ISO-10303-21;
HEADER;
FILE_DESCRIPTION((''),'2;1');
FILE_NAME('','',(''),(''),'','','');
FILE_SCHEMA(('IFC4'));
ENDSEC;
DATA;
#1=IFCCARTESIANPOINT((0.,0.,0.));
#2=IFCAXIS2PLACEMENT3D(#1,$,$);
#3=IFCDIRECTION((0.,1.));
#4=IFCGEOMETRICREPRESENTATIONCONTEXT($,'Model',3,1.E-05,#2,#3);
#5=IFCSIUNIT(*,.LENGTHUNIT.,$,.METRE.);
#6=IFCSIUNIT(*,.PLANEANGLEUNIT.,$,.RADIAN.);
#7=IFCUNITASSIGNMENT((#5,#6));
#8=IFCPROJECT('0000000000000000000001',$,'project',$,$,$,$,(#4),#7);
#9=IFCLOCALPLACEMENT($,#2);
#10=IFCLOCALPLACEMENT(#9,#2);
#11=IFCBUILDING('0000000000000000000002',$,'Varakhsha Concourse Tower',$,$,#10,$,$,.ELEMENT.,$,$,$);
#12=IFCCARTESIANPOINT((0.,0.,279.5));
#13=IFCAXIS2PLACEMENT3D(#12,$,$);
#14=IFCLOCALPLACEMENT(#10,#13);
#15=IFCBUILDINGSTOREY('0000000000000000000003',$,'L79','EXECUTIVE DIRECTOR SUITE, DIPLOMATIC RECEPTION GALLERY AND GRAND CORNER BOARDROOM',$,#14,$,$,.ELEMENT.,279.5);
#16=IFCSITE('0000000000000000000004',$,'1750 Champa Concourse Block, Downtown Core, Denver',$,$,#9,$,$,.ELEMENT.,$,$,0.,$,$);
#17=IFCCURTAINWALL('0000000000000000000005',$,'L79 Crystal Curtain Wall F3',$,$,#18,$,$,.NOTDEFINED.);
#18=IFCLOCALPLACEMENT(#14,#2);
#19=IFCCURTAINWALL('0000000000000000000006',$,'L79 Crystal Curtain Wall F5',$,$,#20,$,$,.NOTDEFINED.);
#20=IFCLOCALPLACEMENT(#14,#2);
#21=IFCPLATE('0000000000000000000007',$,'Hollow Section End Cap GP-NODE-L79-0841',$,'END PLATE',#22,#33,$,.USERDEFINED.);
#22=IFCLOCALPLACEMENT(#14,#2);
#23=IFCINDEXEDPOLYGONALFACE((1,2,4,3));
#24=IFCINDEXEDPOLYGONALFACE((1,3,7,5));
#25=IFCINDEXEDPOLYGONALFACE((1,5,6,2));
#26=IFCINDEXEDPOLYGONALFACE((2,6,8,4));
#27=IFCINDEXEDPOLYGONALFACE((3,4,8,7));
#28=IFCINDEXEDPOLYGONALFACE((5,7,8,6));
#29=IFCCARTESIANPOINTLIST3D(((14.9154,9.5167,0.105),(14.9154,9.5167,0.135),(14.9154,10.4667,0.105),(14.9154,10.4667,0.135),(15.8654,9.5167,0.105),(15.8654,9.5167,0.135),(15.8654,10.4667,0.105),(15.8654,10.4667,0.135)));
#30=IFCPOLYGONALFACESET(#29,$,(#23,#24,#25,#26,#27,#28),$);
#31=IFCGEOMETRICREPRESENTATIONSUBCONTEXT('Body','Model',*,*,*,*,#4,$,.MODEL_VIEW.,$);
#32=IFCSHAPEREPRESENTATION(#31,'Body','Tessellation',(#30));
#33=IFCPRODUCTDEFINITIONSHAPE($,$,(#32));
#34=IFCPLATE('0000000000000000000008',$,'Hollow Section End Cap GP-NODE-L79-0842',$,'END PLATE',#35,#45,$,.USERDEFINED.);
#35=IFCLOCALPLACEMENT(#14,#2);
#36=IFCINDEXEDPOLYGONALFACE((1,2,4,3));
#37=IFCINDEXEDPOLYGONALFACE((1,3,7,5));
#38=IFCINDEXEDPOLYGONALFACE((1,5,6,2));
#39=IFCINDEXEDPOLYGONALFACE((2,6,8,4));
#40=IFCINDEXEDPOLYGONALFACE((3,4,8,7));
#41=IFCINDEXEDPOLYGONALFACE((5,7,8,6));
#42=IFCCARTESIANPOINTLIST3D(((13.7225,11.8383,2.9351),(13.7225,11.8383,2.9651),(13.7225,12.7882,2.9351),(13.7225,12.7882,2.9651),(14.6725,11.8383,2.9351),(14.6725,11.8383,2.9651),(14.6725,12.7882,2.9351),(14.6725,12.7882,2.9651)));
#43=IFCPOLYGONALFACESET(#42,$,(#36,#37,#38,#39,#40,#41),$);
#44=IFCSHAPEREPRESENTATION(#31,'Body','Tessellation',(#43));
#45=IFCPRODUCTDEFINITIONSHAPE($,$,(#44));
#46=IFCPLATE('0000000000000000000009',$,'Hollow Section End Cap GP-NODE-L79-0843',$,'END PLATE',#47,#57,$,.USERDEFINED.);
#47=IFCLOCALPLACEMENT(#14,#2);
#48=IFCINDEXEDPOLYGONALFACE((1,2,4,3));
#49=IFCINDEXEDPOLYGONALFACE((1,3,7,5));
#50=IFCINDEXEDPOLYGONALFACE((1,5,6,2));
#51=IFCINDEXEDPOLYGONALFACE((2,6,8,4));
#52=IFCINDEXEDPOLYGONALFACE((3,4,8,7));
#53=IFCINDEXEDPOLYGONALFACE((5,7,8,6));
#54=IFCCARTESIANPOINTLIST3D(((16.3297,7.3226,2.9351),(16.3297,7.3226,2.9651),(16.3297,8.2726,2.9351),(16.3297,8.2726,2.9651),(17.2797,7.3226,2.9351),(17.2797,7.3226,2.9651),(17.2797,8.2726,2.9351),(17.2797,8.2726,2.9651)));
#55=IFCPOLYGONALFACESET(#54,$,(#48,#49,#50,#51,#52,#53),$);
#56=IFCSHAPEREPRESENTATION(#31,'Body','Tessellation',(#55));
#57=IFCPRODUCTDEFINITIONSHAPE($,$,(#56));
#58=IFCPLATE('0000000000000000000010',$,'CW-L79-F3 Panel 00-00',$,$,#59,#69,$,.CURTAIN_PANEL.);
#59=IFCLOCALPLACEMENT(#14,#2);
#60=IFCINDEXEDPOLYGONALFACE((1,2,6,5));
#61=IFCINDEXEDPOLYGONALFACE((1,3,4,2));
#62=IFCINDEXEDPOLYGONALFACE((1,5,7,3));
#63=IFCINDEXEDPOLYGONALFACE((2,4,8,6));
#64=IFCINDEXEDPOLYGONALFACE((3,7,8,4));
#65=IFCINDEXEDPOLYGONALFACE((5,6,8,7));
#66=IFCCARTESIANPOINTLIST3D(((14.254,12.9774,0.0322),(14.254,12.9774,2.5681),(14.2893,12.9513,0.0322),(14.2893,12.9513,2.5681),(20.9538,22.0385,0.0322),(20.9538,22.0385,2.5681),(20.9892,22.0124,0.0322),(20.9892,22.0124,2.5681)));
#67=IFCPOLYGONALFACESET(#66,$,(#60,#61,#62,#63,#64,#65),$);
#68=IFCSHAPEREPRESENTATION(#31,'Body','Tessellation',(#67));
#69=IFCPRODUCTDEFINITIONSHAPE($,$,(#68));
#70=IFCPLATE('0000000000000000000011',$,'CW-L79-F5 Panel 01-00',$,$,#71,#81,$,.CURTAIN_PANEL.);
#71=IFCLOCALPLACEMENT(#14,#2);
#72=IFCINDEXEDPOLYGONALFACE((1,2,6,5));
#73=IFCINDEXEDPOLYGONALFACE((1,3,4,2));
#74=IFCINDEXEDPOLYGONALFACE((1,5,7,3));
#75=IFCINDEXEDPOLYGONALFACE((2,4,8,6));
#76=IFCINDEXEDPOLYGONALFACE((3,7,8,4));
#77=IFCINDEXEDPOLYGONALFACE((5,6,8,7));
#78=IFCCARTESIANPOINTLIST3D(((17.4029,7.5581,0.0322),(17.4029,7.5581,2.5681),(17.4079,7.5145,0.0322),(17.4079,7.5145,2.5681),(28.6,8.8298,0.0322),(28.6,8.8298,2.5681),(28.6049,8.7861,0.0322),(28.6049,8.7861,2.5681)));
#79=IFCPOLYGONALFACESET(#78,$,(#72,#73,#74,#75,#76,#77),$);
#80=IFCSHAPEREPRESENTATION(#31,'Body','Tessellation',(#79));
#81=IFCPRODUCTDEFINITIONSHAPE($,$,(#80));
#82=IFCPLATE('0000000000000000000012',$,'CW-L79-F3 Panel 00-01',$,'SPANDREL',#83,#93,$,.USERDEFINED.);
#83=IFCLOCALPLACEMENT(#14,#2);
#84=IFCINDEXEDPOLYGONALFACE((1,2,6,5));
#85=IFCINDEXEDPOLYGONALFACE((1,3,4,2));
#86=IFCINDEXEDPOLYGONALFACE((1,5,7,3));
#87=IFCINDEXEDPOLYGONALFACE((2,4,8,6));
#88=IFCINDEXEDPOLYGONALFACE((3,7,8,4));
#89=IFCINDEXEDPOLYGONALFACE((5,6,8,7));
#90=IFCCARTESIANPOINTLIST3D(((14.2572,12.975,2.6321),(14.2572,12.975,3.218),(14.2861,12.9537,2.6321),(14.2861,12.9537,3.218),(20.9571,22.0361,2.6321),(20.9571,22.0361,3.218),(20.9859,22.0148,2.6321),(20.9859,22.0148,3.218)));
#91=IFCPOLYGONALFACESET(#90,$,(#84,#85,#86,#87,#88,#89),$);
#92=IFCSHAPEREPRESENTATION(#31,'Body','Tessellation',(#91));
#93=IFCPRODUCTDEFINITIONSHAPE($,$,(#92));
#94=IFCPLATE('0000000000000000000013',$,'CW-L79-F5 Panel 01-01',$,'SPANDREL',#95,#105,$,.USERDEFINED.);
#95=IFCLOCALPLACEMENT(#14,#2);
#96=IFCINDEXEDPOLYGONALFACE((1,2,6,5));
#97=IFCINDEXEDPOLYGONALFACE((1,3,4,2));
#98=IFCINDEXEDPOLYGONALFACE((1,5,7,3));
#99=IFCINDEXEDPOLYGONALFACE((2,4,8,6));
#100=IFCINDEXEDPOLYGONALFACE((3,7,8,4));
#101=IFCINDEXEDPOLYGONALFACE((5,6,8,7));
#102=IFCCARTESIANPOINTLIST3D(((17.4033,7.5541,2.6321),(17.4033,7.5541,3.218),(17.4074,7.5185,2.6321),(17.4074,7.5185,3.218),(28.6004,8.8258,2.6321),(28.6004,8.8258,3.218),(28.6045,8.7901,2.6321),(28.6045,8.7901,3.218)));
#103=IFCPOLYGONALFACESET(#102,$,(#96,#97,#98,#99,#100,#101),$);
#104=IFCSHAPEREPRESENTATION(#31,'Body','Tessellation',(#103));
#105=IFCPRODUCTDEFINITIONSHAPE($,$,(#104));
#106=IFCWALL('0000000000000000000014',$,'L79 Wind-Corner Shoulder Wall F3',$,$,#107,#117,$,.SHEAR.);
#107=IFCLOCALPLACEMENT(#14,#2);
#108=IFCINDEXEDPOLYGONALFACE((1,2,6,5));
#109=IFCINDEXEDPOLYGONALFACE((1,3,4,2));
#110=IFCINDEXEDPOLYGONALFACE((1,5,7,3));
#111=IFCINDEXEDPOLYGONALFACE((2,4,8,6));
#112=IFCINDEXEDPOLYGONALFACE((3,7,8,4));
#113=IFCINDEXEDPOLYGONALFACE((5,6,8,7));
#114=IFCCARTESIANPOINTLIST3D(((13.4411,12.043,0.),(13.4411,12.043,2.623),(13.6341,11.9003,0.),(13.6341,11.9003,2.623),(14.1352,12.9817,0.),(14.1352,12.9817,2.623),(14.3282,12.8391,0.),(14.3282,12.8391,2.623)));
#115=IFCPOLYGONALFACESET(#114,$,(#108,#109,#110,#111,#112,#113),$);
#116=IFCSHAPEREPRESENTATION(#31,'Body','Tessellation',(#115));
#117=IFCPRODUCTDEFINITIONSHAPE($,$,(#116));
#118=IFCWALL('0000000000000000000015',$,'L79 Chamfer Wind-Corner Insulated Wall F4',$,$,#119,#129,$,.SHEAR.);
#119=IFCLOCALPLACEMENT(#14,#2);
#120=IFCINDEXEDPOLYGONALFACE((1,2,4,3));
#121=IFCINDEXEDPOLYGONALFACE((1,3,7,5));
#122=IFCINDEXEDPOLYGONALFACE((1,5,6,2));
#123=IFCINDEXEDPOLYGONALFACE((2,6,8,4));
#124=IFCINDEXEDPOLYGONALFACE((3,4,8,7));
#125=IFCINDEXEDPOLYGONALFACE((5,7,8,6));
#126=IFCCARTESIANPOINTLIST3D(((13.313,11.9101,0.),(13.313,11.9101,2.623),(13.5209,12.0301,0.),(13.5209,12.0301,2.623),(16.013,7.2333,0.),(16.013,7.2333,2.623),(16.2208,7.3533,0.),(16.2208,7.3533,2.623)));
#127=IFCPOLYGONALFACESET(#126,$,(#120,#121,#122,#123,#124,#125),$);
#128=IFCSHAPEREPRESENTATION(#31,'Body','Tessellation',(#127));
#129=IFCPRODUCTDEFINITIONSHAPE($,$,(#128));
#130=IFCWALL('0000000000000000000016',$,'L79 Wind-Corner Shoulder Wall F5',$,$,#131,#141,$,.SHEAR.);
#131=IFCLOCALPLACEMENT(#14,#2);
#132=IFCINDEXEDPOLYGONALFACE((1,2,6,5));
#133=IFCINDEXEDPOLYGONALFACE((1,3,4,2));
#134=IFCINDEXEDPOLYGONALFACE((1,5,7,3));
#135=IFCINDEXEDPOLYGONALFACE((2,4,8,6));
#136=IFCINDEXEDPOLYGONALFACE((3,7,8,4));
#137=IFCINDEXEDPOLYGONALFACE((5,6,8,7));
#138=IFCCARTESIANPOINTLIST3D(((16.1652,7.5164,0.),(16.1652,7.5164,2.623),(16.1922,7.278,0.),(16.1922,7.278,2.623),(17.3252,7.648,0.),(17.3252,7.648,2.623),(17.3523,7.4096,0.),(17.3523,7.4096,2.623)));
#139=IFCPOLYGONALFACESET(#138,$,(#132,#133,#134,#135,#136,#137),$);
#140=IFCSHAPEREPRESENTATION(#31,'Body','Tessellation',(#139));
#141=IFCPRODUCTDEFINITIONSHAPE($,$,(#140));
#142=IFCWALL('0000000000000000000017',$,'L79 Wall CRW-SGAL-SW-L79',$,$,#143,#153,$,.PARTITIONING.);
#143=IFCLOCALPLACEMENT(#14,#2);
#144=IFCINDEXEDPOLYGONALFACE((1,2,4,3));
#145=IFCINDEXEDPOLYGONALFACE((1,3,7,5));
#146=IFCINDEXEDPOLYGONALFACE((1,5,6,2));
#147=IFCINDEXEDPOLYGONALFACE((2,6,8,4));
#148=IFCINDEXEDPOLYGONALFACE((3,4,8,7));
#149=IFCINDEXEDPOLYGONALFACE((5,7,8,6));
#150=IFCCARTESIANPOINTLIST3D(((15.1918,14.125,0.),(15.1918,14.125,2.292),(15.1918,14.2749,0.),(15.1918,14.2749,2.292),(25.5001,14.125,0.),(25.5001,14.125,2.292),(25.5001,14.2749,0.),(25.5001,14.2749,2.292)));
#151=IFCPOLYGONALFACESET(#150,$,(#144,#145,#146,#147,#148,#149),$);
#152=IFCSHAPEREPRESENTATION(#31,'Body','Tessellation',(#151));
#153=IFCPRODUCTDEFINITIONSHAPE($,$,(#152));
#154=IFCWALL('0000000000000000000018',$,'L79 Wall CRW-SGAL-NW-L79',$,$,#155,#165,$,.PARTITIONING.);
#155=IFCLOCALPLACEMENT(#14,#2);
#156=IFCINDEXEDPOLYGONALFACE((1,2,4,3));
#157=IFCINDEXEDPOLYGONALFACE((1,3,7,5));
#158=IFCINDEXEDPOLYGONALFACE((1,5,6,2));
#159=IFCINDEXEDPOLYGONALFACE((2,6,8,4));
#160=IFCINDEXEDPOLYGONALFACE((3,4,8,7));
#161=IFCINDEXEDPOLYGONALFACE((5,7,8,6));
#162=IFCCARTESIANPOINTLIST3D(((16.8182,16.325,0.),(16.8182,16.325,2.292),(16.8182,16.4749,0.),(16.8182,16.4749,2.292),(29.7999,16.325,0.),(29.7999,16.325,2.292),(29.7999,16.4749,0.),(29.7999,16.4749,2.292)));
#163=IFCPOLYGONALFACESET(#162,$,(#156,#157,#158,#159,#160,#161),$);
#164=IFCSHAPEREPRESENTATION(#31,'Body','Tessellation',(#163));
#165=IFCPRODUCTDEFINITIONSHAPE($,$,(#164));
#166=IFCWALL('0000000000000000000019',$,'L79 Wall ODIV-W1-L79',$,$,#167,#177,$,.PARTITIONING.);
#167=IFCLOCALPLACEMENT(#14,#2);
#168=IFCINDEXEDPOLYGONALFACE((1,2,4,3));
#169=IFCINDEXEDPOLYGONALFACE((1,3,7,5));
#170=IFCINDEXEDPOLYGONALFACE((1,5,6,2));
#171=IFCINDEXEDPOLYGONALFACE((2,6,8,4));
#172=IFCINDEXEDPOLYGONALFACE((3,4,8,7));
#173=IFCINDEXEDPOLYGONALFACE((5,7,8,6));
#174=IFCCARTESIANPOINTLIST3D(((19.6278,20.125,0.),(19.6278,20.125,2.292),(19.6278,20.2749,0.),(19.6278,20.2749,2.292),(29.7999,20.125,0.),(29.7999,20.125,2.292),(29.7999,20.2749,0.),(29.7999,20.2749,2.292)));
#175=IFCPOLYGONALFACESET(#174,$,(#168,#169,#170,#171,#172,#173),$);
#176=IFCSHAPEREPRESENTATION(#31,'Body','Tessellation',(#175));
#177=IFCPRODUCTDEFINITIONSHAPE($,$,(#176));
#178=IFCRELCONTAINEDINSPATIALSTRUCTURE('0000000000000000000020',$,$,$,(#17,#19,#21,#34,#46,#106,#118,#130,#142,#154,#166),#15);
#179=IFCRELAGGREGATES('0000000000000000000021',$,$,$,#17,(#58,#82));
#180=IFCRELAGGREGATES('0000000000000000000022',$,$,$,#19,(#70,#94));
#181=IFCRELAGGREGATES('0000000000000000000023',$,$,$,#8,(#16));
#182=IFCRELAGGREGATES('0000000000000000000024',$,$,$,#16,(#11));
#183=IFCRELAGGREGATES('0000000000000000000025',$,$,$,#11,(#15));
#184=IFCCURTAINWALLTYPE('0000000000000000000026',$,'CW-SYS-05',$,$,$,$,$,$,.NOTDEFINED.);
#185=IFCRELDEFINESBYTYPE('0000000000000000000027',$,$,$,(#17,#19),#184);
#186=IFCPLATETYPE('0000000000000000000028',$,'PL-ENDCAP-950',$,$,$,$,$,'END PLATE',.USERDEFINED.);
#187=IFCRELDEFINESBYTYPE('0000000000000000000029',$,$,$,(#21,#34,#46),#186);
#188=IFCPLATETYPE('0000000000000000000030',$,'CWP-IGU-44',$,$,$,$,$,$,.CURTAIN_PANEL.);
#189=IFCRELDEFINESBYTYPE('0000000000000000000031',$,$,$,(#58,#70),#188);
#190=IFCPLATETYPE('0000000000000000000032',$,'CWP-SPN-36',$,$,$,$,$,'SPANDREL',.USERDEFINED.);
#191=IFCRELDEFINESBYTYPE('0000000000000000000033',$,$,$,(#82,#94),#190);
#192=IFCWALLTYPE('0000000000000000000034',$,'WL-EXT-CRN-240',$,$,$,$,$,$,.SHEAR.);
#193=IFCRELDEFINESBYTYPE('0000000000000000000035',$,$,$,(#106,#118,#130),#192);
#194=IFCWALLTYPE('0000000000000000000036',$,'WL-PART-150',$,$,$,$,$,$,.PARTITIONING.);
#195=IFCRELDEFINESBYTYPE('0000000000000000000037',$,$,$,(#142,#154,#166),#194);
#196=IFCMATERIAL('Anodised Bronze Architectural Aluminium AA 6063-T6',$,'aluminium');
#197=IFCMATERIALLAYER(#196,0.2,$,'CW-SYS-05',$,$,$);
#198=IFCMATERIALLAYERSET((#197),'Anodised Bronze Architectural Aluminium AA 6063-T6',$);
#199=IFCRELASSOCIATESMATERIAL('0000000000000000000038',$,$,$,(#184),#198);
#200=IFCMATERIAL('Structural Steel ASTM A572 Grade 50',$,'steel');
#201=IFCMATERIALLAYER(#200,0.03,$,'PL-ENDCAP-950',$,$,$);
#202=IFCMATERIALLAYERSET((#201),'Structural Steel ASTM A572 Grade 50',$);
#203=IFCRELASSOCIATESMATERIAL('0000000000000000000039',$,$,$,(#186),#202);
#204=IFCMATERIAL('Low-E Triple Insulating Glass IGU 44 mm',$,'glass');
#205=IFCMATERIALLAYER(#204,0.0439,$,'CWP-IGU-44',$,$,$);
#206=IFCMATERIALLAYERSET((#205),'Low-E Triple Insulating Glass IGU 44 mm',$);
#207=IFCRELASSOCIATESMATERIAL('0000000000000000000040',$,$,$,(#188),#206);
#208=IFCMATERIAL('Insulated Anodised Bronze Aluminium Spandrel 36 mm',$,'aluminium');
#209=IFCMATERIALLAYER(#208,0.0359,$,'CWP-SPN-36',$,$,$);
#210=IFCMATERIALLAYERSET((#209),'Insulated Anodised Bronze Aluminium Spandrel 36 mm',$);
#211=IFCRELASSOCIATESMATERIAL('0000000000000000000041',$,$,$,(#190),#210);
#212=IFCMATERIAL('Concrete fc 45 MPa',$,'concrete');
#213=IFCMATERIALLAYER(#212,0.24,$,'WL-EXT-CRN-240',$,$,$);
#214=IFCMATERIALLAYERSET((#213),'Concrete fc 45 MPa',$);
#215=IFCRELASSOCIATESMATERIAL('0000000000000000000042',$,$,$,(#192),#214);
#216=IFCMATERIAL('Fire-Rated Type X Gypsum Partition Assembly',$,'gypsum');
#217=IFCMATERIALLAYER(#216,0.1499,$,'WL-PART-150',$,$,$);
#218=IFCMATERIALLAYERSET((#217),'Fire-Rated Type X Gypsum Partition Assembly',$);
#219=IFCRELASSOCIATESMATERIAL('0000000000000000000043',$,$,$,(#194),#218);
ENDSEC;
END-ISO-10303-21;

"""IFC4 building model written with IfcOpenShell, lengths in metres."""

from ifc_helpers import new_model, si_unit, direction, frame, frame_2d, origin, origin_2d, place, context, subcontext, project, spatial, rectangle, extrude, source, transform, mapped, material, layer, layer_set, type_object, type_shapes, element, aggregate, save


model = new_model("IFC4")

# Units and contexts
model_context = context("Model", 3, precision=1e-05, world=origin(), true_north=direction((0.0, 1.0)))
body_context = subcontext(model_context, "Body", "Model", "MODEL_VIEW")
ifc_project = project(units=[si_unit("LENGTHUNIT", "METRE"), si_unit("PLANEANGLEUNIT", "RADIAN")], contexts=[model_context])

# Site, building, storey
site_placement = place(None, origin())
site = spatial("IfcSite", under=ifc_project, at=site_placement, Name="1750 Champa Concourse Block, Downtown Core, Denver", CompositionType="ELEMENT", RefElevation=0.0)
building_placement = place(site_placement, origin())
building = spatial("IfcBuilding", under=site, at=building_placement, Name="Varakhsha Concourse Tower", CompositionType="ELEMENT")
storey_placement = place(building_placement, frame((0.0, 0.0, 279.5)))
storey = spatial("IfcBuildingStorey", under=building, at=storey_placement, Name="L79", Description="EXECUTIVE DIRECTOR SUITE, DIPLOMATIC RECEPTION GALLERY AND GRAND CORNER BOARDROOM", CompositionType="ELEMENT", Elevation=279.5)

# Shared definitions
ifc_material_1 = material(Name="Structural Steel ASTM A572 Grade 50", Category="steel")

# Curtain walls
ifc_material_2 = material(Name="Anodised Bronze Architectural Aluminium AA 6063-T6", Category="aluminium")
ifc_layer_1 = layer(ifc_material_2, 0.2, Name="CW-SYS-05")
ifc_layer_set_1 = layer_set([ifc_layer_1], Name="Anodised Bronze Architectural Aluminium AA 6063-T6")
curtain_wall_type = type_object("IfcCurtainWallType", Name="CW-SYS-05", PredefinedType="NOTDEFINED", material=ifc_layer_set_1)
curtain_wall_1_placement = place(storey_placement, origin())
curtain_wall_1 = element("IfcCurtainWall", 1, at=curtain_wall_1_placement, inside=storey, type_object=curtain_wall_type, Name="L79 Crystal Curtain Wall F3", PredefinedType="NOTDEFINED")
curtain_wall_2_placement = place(storey_placement, origin())
curtain_wall_2 = element("IfcCurtainWall", 2, at=curtain_wall_2_placement, inside=storey, type_object=curtain_wall_type, Name="L79 Crystal Curtain Wall F5", PredefinedType="NOTDEFINED")

# Shared definitions
ifc_material_3 = material(Name="Concrete fc 45 MPa", Category="concrete")

# Plates
ifc_layer_2 = layer(ifc_material_1, 0.03, Name="PL-ENDCAP-950")
ifc_layer_set_2 = layer_set([ifc_layer_2], Name="Structural Steel ASTM A572 Grade 50")
plate_type_1 = type_object("IfcPlateType", Name="PL-ENDCAP-950", ElementType="END PLATE", PredefinedType="USERDEFINED", material=ifc_layer_set_2)
shared_shape_1 = source(origin(), body_context, "Body", "SweptSolid", [
    extrude(rectangle(XDim=0.95, YDim=0.95, at=origin_2d()), origin(), (0.0, 0.0, 1.0), 0.03),
])
type_shapes(plate_type_1, [shared_shape_1])
for number, where, z_axis, x_axis, name in (
    (3, (15.3904, 9.9917, 0.105), (0.0, 0.0, 1.0), (1.0, 0.0, 0.0), "Hollow Section End Cap GP-NODE-L79-0841"),
    (4, (14.1975, 12.3132, 2.9351), (0.0, 0.0, 1.0), (1.0, 0.0, 0.0), "Hollow Section End Cap GP-NODE-L79-0842"),
    (5, (16.8047, 7.7976, 2.9351), (0.0, 0.0, 1.0), (1.0, 0.0, 0.0), "Hollow Section End Cap GP-NODE-L79-0843"),
):
    element("IfcPlate", number, at=place(storey_placement, frame(where, z_axis=z_axis, x_axis=x_axis)), inside=storey, type_object=plate_type_1, Name=name, ObjectType="END PLATE", PredefinedType="USERDEFINED", context=body_context, shape_type="MappedRepresentation", body=[
        mapped(shared_shape_1, transform((0.0, 0.0, 0.0), scale=1.0)),
    ])

# Plates
ifc_material_4 = material(Name="Low-E Triple Insulating Glass IGU 44 mm", Category="glass")
ifc_layer_3 = layer(ifc_material_4, 0.0439, Name="CWP-IGU-44")
ifc_layer_set_3 = layer_set([ifc_layer_3], Name="Low-E Triple Insulating Glass IGU 44 mm")
plate_type_2 = type_object("IfcPlateType", Name="CWP-IGU-44", PredefinedType="CURTAIN_PANEL", material=ifc_layer_set_3)
shared_shape_2 = source(origin(), body_context, "Body", "SweptSolid", [
    extrude(rectangle(XDim=11.269, YDim=0.0439, at=origin_2d()), origin(), (0.0, 0.0, 1.0), 2.5359),
])
type_shapes(plate_type_2, [shared_shape_2])
plate_1_placement = place(storey_placement, frame((17.6216, 17.4949, 0.0322), z_axis=(0.0, 0.0, 1.0), x_axis=(0.594534, 0.804071, 0.0)))
plate_1 = element("IfcPlate", 6, at=plate_1_placement, type_object=plate_type_2, Name="CW-L79-F3 Panel 00-00", PredefinedType="CURTAIN_PANEL", context=body_context, shape_type="MappedRepresentation", body=[
    mapped(shared_shape_2, transform((0.0, 0.0, 0.0), scale=1.0)),
])
plate_2_placement = place(storey_placement, frame((23.0039, 8.1721, 0.0322), z_axis=(0.0, 0.0, 1.0), x_axis=(-0.993613, -0.112844, 0.0)))
plate_2 = element("IfcPlate", 7, at=plate_2_placement, type_object=plate_type_2, Name="CW-L79-F5 Panel 01-00", PredefinedType="CURTAIN_PANEL", context=body_context, shape_type="MappedRepresentation", body=[
    mapped(shared_shape_2, transform((0.0, 0.0, 0.0), scale=1.0)),
])
ifc_material_5 = material(Name="Insulated Anodised Bronze Aluminium Spandrel 36 mm", Category="aluminium")
ifc_layer_4 = layer(ifc_material_5, 0.0359, Name="CWP-SPN-36")
ifc_layer_set_4 = layer_set([ifc_layer_4], Name="Insulated Anodised Bronze Aluminium Spandrel 36 mm")
plate_type_3 = type_object("IfcPlateType", Name="CWP-SPN-36", ElementType="SPANDREL", PredefinedType="USERDEFINED", material=ifc_layer_set_4)
shared_shape_3 = source(origin(), body_context, "Body", "SweptSolid", [
    extrude(rectangle(XDim=11.269, YDim=0.0359, at=origin_2d()), origin(), (0.0, 0.0, 1.0), 0.5859),
])
type_shapes(plate_type_3, [shared_shape_3])
plate_3_placement = place(storey_placement, frame((17.6216, 17.4949, 2.6321), z_axis=(0.0, 0.0, 1.0), x_axis=(0.594534, 0.804071, 0.0)))
plate_3 = element("IfcPlate", 8, at=plate_3_placement, type_object=plate_type_3, Name="CW-L79-F3 Panel 00-01", ObjectType="SPANDREL", PredefinedType="USERDEFINED", context=body_context, shape_type="MappedRepresentation", body=[
    mapped(shared_shape_3, transform((0.0, 0.0, 0.0), scale=1.0)),
])
aggregate(curtain_wall_1, [plate_1, plate_3])
plate_4_placement = place(storey_placement, frame((23.0039, 8.1721, 2.6321), z_axis=(0.0, 0.0, 1.0), x_axis=(-0.993613, -0.112844, 0.0)))
plate_4 = element("IfcPlate", 9, at=plate_4_placement, type_object=plate_type_3, Name="CW-L79-F5 Panel 01-01", ObjectType="SPANDREL", PredefinedType="USERDEFINED", context=body_context, shape_type="MappedRepresentation", body=[
    mapped(shared_shape_3, transform((0.0, 0.0, 0.0), scale=1.0)),
])
aggregate(curtain_wall_2, [plate_2, plate_4])

# Walls
ifc_layer_5 = layer(ifc_material_3, 0.24, Name="WL-EXT-CRN-240")
ifc_layer_set_5 = layer_set([ifc_layer_5], Name="Concrete fc 45 MPa")
wall_type_1 = type_object("IfcWallType", Name="WL-EXT-CRN-240", PredefinedType="SHEAR", material=ifc_layer_set_5)
wall_1_placement = place(storey_placement, frame((14.2317, 12.9104, 0.0), z_axis=(0.0, 0.0, 1.0), x_axis=(-0.594532, -0.804072, 0.0)))
element("IfcWall", 10, at=wall_1_placement, inside=storey, type_object=wall_type_1, Name="L79 Wind-Corner Shoulder Wall F3", PredefinedType="SHEAR", context=body_context, shape_type="SweptSolid", body=[
    extrude(rectangle(XDim=1.1675, YDim=0.24, at=frame_2d((0.5837, 0.0))), origin(), (0.0, 0.0, 1.0), 2.623),
])
wall_2_placement = place(storey_placement, frame((16.1169, 7.2932, 0.0), z_axis=(0.0, 0.0, 1.0), x_axis=(-0.499976, 0.86604, 0.0)))
element("IfcWall", 11, at=wall_2_placement, inside=storey, type_object=wall_type_1, Name="L79 Chamfer Wind-Corner Insulated Wall F4", PredefinedType="SHEAR", context=body_context, shape_type="SweptSolid", body=[
    extrude(rectangle(XDim=5.4001, YDim=0.24, at=frame_2d((2.7002, 0.0))), origin(), (0.0, 0.0, 1.0), 2.623),
])
wall_3_placement = place(storey_placement, frame((16.1787, 7.3972, 0.0), z_axis=(0.0, 0.0, 1.0), x_axis=(0.993629, 0.112703, 0.0)))
element("IfcWall", 12, at=wall_3_placement, inside=storey, type_object=wall_type_1, Name="L79 Wind-Corner Shoulder Wall F5", PredefinedType="SHEAR", context=body_context, shape_type="SweptSolid", body=[
    extrude(rectangle(XDim=1.1675, YDim=0.24, at=frame_2d((0.5837, 0.0))), origin(), (0.0, 0.0, 1.0), 2.623),
])
ifc_material_6 = material(Name="Fire-Rated Type X Gypsum Partition Assembly", Category="gypsum")
ifc_layer_6 = layer(ifc_material_6, 0.1499, Name="WL-PART-150")
ifc_layer_set_6 = layer_set([ifc_layer_6], Name="Fire-Rated Type X Gypsum Partition Assembly")
wall_type_2 = type_object("IfcWallType", Name="WL-PART-150", PredefinedType="PARTITIONING", material=ifc_layer_set_6)
wall_4_placement = place(storey_placement, frame((15.1917, 14.2, 0.0), z_axis=(0.0, 0.0, 1.0), x_axis=(1.0, 0.0, 0.0)))
element("IfcWall", 13, at=wall_4_placement, inside=storey, type_object=wall_type_2, Name="L79 Wall CRW-SGAL-SW-L79", PredefinedType="PARTITIONING", context=body_context, shape_type="SweptSolid", body=[
    extrude(rectangle(XDim=10.3083, YDim=0.1499, at=frame_2d((5.1543, 0.0))), origin(), (0.0, 0.0, 1.0), 2.292),
])
wall_5_placement = place(storey_placement, frame((16.8184, 16.3999, 0.0), z_axis=(0.0, 0.0, 1.0), x_axis=(1.0, 0.0, 0.0)))
element("IfcWall", 14, at=wall_5_placement, inside=storey, type_object=wall_type_2, Name="L79 Wall CRW-SGAL-NW-L79", PredefinedType="PARTITIONING", context=body_context, shape_type="SweptSolid", body=[
    extrude(rectangle(XDim=12.9817, YDim=0.1499, at=frame_2d((6.4907, 0.0))), origin(), (0.0, 0.0, 1.0), 2.292),
])
wall_6_placement = place(storey_placement, frame((19.6279, 20.2, 0.0), z_axis=(0.0, 0.0, 1.0), x_axis=(1.0, 0.0, 0.0)))
element("IfcWall", 15, at=wall_6_placement, inside=storey, type_object=wall_type_2, Name="L79 Wall ODIV-W1-L79", PredefinedType="PARTITIONING", context=body_context, shape_type="SweptSolid", body=[
    extrude(rectangle(XDim=10.1721, YDim=0.1499, at=frame_2d((5.0859, 0.0))), origin(), (0.0, 0.0, 1.0), 2.292),
])

save(model, "model.ifc")
